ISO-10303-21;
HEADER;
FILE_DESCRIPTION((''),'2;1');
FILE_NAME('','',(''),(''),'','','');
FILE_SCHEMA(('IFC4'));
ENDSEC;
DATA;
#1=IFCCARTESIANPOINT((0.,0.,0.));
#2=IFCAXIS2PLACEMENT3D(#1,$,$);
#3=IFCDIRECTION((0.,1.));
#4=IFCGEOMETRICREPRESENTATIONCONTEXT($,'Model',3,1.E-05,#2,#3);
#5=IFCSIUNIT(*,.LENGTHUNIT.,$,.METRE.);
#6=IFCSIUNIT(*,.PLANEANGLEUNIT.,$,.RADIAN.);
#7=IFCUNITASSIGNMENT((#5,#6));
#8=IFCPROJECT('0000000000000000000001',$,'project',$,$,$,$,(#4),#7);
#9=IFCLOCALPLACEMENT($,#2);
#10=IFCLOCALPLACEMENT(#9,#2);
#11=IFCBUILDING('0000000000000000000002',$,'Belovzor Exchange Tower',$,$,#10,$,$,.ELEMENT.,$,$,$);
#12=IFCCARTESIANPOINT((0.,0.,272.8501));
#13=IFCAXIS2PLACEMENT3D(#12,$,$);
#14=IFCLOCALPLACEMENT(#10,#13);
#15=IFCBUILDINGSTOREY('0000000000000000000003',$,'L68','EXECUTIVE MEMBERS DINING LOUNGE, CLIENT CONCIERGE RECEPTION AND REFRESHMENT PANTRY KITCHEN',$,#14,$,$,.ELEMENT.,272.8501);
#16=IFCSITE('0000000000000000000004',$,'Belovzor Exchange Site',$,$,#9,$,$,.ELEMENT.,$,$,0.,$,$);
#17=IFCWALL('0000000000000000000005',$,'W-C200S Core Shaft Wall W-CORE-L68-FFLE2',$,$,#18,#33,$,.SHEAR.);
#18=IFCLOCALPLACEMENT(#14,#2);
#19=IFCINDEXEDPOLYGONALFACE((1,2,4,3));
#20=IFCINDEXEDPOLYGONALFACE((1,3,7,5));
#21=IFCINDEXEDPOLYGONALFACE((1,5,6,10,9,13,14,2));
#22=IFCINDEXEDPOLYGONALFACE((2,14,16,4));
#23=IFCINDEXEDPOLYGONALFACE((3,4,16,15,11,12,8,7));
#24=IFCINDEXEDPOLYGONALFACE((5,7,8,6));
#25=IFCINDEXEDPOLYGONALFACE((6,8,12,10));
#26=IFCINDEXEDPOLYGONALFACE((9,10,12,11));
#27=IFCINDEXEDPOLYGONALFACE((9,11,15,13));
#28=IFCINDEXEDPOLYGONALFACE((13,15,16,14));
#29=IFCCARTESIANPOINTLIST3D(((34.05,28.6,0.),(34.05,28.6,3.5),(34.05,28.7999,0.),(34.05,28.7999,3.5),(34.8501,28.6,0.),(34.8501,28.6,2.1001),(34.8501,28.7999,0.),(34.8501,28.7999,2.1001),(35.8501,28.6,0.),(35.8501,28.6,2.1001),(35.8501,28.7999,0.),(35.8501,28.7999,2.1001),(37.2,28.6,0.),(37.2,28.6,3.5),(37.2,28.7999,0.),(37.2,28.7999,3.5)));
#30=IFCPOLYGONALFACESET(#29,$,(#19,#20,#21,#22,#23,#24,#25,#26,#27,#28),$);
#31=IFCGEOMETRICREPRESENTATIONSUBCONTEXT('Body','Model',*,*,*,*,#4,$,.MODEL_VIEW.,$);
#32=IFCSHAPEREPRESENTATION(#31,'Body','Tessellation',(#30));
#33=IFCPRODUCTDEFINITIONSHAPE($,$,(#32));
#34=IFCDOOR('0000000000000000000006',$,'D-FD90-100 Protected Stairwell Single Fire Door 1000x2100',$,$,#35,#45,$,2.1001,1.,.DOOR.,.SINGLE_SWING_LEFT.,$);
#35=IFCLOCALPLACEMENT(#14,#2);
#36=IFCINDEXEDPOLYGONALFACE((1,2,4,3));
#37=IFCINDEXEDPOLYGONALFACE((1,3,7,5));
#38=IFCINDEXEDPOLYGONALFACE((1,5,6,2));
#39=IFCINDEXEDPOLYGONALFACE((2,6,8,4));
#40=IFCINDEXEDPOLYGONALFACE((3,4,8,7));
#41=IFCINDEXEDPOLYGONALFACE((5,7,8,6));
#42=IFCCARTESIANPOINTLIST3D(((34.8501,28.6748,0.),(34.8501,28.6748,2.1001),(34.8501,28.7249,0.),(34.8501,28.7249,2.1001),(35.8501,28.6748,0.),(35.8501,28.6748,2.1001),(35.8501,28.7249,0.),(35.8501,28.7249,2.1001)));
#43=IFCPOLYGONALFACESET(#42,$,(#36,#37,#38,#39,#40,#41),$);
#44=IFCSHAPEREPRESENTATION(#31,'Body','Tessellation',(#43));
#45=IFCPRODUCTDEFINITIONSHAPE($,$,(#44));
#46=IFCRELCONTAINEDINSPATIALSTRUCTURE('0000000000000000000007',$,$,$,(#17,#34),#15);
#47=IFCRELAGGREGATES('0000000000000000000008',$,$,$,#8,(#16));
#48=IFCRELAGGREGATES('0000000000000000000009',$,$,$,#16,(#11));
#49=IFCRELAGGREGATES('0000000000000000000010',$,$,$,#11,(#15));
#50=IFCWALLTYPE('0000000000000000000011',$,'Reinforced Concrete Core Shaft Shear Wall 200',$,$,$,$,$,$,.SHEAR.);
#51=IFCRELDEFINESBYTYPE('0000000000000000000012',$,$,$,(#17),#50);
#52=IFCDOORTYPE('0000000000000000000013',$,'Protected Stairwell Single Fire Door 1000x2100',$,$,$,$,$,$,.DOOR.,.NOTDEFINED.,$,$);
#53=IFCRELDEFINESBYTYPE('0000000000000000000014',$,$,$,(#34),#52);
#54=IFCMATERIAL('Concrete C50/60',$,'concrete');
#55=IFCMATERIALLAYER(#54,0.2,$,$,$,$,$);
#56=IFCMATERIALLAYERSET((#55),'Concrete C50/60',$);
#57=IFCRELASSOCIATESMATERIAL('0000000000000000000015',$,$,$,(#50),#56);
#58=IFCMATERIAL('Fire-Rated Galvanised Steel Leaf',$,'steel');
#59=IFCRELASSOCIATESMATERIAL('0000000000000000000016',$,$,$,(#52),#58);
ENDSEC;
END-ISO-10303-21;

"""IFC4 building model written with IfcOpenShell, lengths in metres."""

from ifc_helpers import new_model, si_unit, direction, frame, frame_2d, origin, place, context, subcontext, project, spatial, rectangle, extrude, material, layer, layer_set, type_object, element, fill, save


model = new_model("IFC4")

# Units and contexts
model_context = context("Model", 3, precision=1e-05, world=origin(), true_north=direction((0.0, 1.0)))
body_context = subcontext(model_context, "Body", "Model", "MODEL_VIEW")
ifc_project = project(units=[si_unit("LENGTHUNIT", "METRE"), si_unit("PLANEANGLEUNIT", "RADIAN")], contexts=[model_context])

# Site, building, storey
site_placement = place(None, origin())
site = spatial("IfcSite", under=ifc_project, at=site_placement, Name="Belovzor Exchange Site", CompositionType="ELEMENT", RefElevation=0.0)
building_placement = place(site_placement, origin())
building = spatial("IfcBuilding", under=site, at=building_placement, Name="Belovzor Exchange Tower", CompositionType="ELEMENT")
storey_placement = place(building_placement, frame((0.0, 0.0, 272.8501)))
storey = spatial("IfcBuildingStorey", under=building, at=storey_placement, Name="L68", Description="EXECUTIVE MEMBERS DINING LOUNGE, CLIENT CONCIERGE RECEPTION AND REFRESHMENT PANTRY KITCHEN", CompositionType="ELEMENT", Elevation=272.8501)

# Wall, opening, door
ifc_material_1 = material(Name="Concrete C50/60", Category="concrete")
ifc_layer_1 = layer(ifc_material_1, 0.2)
ifc_layer_set_1 = layer_set([ifc_layer_1], Name="Concrete C50/60")
wall_type_1 = type_object("IfcWallType", Name="Reinforced Concrete Core Shaft Shear Wall 200", PredefinedType="SHEAR", material=ifc_layer_set_1)
wall_1_placement = place(storey_placement, frame((34.05, 28.7, 0.0), z_axis=(0.0, 0.0, 1.0), x_axis=(1.0, 0.0, 0.0)))
wall_1 = element("IfcWall", 1, at=wall_1_placement, inside=storey, type_object=wall_type_1, Name="W-C200S Core Shaft Wall W-CORE-L68-FFLE2", PredefinedType="SHEAR", context=body_context, shape_type="SweptSolid", body=[
    extrude(rectangle(XDim=3.1499, YDim=0.2, at=frame_2d((1.575, 0.0))), origin(), (0.0, 0.0, 1.0), 3.5),
])
opening_1_placement = place(wall_1_placement, frame((0.8, 0.0, 0.0)))
opening_1 = element("IfcOpeningElement", 2, at=opening_1_placement, cuts=wall_1, PredefinedType="OPENING", context=body_context, shape_type="SweptSolid", body=[
    extrude(rectangle(XDim=1.0, YDim=2.1001, at=frame_2d((0.5, 1.05))), frame((0.0, 0.1099, 0.0), z_axis=(0.0, -1.0, 0.0), x_axis=(1.0, 0.0, 0.0)), (0.0, 0.0, 1.0), 0.22),
])
ifc_material_2 = material(Name="Fire-Rated Galvanised Steel Leaf", Category="steel")
door_type_1 = type_object("IfcDoorType", Name="Protected Stairwell Single Fire Door 1000x2100", OperationType="NOTDEFINED", PredefinedType="DOOR", material=ifc_material_2)
door_1_placement = place(opening_1_placement, origin())
door_1 = element("IfcDoor", 3, at=door_1_placement, inside=storey, type_object=door_type_1, Name="D-FD90-100 Protected Stairwell Single Fire Door 1000x2100", OperationType="SINGLE_SWING_LEFT", OverallHeight=2.1001, OverallWidth=1.0, PredefinedType="DOOR", context=body_context, shape_type="SweptSolid", body=[
    extrude(rectangle(XDim=1.0, YDim=2.1001, at=frame_2d((0.5, 1.05))), frame((0.0, 0.0249, 0.0), z_axis=(0.0, -1.0, 0.0), x_axis=(1.0, 0.0, 0.0)), (0.0, 0.0, 1.0), 0.05),
])
fill(opening_1, door_1)

save(model, "model.ifc")
